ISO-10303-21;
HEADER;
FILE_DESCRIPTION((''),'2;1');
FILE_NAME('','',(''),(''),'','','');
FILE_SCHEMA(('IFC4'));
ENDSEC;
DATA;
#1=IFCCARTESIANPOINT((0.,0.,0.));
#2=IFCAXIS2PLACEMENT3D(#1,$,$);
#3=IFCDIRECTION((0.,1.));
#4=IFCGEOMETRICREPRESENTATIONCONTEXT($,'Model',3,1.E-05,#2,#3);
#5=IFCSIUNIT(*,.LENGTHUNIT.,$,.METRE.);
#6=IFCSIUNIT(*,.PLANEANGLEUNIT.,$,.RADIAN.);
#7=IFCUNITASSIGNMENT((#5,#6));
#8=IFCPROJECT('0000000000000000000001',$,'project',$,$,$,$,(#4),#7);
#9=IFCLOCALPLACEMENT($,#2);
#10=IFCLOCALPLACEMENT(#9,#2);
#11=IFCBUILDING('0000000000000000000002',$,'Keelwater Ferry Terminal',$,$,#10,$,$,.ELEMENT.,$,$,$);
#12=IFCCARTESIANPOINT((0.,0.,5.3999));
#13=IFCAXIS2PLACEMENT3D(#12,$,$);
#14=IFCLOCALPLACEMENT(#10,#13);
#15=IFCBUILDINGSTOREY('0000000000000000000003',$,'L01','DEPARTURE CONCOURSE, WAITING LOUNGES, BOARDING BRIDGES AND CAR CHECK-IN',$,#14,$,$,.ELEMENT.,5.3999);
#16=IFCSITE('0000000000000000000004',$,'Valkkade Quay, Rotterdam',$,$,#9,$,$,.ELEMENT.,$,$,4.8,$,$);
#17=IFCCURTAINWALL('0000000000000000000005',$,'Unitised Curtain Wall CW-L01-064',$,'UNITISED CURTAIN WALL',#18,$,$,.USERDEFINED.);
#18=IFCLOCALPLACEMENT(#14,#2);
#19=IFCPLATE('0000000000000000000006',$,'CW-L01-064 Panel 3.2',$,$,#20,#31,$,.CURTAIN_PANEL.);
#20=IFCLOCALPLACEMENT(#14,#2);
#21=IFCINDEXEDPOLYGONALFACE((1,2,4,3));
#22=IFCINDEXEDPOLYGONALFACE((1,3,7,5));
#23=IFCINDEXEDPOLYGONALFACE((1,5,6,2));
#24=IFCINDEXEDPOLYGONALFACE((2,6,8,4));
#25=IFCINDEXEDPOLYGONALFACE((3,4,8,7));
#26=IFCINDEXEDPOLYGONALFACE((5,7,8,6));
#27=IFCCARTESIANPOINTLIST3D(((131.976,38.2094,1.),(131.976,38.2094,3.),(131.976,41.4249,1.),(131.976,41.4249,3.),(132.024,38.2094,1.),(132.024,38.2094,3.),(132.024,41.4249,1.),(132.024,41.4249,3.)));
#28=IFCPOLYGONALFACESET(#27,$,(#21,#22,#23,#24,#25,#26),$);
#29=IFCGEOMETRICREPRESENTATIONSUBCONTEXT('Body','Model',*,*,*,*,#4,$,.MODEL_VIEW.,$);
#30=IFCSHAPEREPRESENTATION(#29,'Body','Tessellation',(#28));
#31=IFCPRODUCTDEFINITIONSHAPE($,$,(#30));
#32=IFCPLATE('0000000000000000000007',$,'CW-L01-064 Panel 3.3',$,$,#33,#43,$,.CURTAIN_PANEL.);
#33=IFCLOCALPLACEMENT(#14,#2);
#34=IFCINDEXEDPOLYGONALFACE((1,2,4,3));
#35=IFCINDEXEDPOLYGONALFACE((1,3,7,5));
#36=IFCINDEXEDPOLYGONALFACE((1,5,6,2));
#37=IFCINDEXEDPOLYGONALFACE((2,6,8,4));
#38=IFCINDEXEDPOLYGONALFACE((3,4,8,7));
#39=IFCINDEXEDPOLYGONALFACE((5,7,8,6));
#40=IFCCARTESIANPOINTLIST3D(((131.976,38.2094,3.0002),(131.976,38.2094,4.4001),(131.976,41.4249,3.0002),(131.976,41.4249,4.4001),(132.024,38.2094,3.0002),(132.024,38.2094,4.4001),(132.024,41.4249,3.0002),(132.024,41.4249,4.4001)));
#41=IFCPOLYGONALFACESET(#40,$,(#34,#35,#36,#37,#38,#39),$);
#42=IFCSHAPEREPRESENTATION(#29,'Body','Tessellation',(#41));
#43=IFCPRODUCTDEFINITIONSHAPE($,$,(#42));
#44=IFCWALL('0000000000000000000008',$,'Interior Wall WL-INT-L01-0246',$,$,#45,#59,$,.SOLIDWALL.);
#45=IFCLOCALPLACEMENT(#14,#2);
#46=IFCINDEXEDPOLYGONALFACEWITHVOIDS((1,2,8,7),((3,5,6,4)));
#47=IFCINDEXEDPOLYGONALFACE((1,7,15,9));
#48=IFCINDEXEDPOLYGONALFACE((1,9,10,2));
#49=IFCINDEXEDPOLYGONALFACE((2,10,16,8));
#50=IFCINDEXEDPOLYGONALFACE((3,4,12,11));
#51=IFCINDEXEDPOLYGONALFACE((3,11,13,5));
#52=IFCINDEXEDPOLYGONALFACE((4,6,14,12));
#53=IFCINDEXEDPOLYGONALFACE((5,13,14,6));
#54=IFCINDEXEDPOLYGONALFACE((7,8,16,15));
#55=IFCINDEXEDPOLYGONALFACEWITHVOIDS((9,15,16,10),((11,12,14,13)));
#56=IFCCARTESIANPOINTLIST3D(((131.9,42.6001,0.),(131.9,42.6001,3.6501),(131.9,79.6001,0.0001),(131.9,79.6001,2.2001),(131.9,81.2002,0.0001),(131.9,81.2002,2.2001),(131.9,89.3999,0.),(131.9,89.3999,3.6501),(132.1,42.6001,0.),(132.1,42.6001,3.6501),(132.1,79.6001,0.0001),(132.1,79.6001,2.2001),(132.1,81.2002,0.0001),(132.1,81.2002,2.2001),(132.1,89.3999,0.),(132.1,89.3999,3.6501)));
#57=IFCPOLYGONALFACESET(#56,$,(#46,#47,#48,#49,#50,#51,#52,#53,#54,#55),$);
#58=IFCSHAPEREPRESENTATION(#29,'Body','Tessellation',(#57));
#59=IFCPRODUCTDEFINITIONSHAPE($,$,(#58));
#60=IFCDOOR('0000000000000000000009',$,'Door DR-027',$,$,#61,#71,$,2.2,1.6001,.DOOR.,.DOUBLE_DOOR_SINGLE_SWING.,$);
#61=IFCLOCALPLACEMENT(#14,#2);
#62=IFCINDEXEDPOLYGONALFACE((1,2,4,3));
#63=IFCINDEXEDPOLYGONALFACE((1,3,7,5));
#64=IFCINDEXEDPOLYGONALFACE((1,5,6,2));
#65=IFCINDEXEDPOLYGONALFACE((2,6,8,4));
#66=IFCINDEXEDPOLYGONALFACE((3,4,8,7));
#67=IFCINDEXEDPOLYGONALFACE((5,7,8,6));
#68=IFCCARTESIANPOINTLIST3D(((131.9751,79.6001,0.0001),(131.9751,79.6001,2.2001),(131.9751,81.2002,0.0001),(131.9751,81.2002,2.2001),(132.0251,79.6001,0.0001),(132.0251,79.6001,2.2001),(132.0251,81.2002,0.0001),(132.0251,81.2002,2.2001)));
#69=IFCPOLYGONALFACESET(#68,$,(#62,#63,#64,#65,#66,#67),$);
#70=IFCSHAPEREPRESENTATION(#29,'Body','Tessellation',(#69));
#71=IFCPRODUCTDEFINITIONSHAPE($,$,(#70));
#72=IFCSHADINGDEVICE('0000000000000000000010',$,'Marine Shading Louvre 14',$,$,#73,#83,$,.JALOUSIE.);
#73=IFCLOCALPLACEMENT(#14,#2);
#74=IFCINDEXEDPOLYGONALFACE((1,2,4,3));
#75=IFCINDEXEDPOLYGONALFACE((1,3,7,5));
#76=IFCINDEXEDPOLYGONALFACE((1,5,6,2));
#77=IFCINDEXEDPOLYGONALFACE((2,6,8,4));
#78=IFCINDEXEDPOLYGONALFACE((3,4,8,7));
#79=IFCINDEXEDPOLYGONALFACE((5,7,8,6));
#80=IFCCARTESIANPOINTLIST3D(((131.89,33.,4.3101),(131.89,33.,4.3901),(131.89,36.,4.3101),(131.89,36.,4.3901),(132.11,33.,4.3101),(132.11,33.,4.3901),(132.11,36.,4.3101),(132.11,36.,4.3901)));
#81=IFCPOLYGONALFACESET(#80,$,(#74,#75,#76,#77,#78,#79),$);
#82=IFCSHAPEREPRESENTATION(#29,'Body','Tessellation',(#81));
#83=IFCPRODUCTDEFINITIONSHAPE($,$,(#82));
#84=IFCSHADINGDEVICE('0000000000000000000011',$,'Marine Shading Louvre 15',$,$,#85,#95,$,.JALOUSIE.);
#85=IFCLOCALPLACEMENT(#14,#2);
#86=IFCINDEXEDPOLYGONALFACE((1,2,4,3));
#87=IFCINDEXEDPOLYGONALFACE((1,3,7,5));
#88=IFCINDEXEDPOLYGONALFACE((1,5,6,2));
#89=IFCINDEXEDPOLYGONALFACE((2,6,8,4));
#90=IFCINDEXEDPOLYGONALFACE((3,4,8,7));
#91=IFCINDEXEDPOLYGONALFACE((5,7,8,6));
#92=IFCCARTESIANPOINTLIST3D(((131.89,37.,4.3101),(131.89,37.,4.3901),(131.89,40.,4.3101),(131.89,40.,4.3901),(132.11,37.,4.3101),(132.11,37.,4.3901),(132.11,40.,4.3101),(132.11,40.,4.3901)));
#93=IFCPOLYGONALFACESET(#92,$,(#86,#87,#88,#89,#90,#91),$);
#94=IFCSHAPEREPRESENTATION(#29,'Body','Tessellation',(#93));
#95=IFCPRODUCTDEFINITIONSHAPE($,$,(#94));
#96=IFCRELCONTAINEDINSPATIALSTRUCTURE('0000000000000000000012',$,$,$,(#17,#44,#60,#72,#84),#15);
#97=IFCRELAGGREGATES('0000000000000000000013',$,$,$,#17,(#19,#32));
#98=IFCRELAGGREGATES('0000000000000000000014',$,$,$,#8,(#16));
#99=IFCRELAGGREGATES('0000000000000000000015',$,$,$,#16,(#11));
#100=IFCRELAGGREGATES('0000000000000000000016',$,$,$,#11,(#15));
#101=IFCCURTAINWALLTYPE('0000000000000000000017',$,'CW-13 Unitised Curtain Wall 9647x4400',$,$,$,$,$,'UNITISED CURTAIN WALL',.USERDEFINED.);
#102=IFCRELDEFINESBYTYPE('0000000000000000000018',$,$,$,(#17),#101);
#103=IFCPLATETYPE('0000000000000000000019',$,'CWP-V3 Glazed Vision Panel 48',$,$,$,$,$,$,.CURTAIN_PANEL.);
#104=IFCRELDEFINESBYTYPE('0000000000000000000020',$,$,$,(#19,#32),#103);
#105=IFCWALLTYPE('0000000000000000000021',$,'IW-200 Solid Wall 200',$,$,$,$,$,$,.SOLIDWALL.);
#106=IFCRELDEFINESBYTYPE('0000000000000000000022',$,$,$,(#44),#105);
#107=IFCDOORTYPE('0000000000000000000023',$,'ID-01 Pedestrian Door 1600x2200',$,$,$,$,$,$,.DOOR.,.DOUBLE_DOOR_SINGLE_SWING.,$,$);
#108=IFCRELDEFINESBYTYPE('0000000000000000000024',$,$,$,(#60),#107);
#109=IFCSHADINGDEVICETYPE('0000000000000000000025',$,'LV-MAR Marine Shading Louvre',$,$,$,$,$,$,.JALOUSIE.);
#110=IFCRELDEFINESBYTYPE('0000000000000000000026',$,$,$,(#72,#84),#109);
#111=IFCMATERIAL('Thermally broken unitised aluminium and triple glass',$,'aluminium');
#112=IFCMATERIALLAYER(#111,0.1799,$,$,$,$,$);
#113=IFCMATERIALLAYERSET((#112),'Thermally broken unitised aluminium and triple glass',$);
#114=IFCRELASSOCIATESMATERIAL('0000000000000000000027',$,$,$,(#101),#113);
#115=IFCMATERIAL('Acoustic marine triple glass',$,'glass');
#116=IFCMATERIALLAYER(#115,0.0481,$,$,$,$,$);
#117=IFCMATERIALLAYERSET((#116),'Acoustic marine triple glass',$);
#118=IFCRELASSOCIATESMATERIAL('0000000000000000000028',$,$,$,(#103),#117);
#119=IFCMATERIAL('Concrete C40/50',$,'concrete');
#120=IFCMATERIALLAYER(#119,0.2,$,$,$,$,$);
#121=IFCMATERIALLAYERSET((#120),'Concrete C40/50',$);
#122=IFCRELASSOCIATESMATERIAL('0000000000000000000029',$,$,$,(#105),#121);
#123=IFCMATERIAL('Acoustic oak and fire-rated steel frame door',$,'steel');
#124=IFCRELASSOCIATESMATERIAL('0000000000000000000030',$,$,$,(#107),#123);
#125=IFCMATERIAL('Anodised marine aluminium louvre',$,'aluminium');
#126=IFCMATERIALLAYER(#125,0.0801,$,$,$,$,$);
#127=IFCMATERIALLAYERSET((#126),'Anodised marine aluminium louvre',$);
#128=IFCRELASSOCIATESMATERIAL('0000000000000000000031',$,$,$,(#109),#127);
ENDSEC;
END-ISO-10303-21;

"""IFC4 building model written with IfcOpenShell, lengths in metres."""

from ifc_helpers import new_model, si_unit, direction, frame, frame_2d, origin, origin_2d, place, context, subcontext, project, spatial, rectangle, extrude, material, layer, layer_set, type_object, element, fill, aggregate, save


model = new_model("IFC4")

# Units and contexts
model_context = context("Model", 3, precision=1e-05, world=origin(), true_north=direction((0.0, 1.0)))
body_context = subcontext(model_context, "Body", "Model", "MODEL_VIEW")
ifc_project = project(units=[si_unit("LENGTHUNIT", "METRE"), si_unit("PLANEANGLEUNIT", "RADIAN")], contexts=[model_context])

# Site, building, storey
site_placement = place(None, origin())
site = spatial("IfcSite", under=ifc_project, at=site_placement, Name="Valkkade Quay, Rotterdam", CompositionType="ELEMENT", RefElevation=4.8)
building_placement = place(site_placement, origin())
building = spatial("IfcBuilding", under=site, at=building_placement, Name="Keelwater Ferry Terminal", CompositionType="ELEMENT")
storey_placement = place(building_placement, frame((0.0, 0.0, 5.3999)))
storey = spatial("IfcBuildingStorey", under=building, at=storey_placement, Name="L01", Description="DEPARTURE CONCOURSE, WAITING LOUNGES, BOARDING BRIDGES AND CAR CHECK-IN", CompositionType="ELEMENT", Elevation=5.3999)

# Curtain wall
ifc_material_1 = material(Name="Thermally broken unitised aluminium and triple glass", Category="aluminium")
ifc_layer_1 = layer(ifc_material_1, 0.1799)
ifc_layer_set_1 = layer_set([ifc_layer_1], Name="Thermally broken unitised aluminium and triple glass")
curtain_wall_type = type_object("IfcCurtainWallType", Name="CW-13 Unitised Curtain Wall 9647x4400", ElementType="UNITISED CURTAIN WALL", PredefinedType="USERDEFINED", material=ifc_layer_set_1)
curtain_wall_placement = place(storey_placement, origin())
curtain_wall = element("IfcCurtainWall", 1, at=curtain_wall_placement, inside=storey, type_object=curtain_wall_type, Name="Unitised Curtain Wall CW-L01-064", ObjectType="UNITISED CURTAIN WALL", PredefinedType="USERDEFINED")

# Plates
ifc_material_2 = material(Name="Acoustic marine triple glass", Category="glass")
ifc_layer_2 = layer(ifc_material_2, 0.0481)
ifc_layer_set_2 = layer_set([ifc_layer_2], Name="Acoustic marine triple glass")
plate_type_1 = type_object("IfcPlateType", Name="CWP-V3 Glazed Vision Panel 48", PredefinedType="CURTAIN_PANEL", material=ifc_layer_set_2)
plate_1_placement = place(storey_placement, frame((132.0, 39.8171, 1.0), z_axis=(0.0, 0.0, 1.0), x_axis=(0.0, 1.0, 0.0)))
plate_1 = element("IfcPlate", 2, at=plate_1_placement, type_object=plate_type_1, Name="CW-L01-064 Panel 3.2", PredefinedType="CURTAIN_PANEL", context=body_context, shape_type="SweptSolid", body=[
    extrude(rectangle(XDim=3.2156, YDim=0.0481, at=origin_2d()), origin(), (0.0, 0.0, 1.0), 2.0),
])
plate_2_placement = place(storey_placement, frame((132.0, 39.8171, 3.0002), z_axis=(0.0, 0.0, 1.0), x_axis=(0.0, 1.0, 0.0)))
plate_2 = element("IfcPlate", 3, at=plate_2_placement, type_object=plate_type_1, Name="CW-L01-064 Panel 3.3", PredefinedType="CURTAIN_PANEL", context=body_context, shape_type="SweptSolid", body=[
    extrude(rectangle(XDim=3.2156, YDim=0.0481, at=origin_2d()), origin(), (0.0, 0.0, 1.0), 1.3999),
])
aggregate(curtain_wall, [plate_1, plate_2])

# Wall, opening, door
ifc_material_3 = material(Name="Concrete C40/50", Category="concrete")
ifc_layer_3 = layer(ifc_material_3, 0.2)
ifc_layer_set_3 = layer_set([ifc_layer_3], Name="Concrete C40/50")
wall_type = type_object("IfcWallType", Name="IW-200 Solid Wall 200", PredefinedType="SOLIDWALL", material=ifc_layer_set_3)
wall_placement = place(storey_placement, frame((132.0, 42.6001, 0.0), z_axis=(0.0, 0.0, 1.0), x_axis=(0.0, 1.0, 0.0)))
wall = element("IfcWall", 4, at=wall_placement, inside=storey, type_object=wall_type, Name="Interior Wall WL-INT-L01-0246", PredefinedType="SOLIDWALL", context=body_context, shape_type="SweptSolid", body=[
    extrude(rectangle(XDim=46.7998, YDim=0.2, at=frame_2d((23.3999, 0.0))), origin(), (0.0, 0.0, 1.0), 3.6501),
])
opening_placement = place(wall_placement, frame((37.0, 0.0, 0.0)))
opening = element("IfcOpeningElement", 5, at=opening_placement, cuts=wall, PredefinedType="OPENING", context=body_context, shape_type="SweptSolid", body=[
    extrude(rectangle(XDim=1.6001, YDim=2.2, at=frame_2d((0.8, 1.1001))), frame((0.0, 0.1101, 0.0), z_axis=(0.0, -1.0, 0.0), x_axis=(1.0, 0.0, 0.0)), (0.0, 0.0, 1.0), 0.22),
])
ifc_material_4 = material(Name="Acoustic oak and fire-rated steel frame door", Category="steel")
door_type = type_object("IfcDoorType", Name="ID-01 Pedestrian Door 1600x2200", OperationType="DOUBLE_DOOR_SINGLE_SWING", PredefinedType="DOOR", material=ifc_material_4)
door_placement = place(opening_placement, origin())
door = element("IfcDoor", 6, at=door_placement, inside=storey, type_object=door_type, Name="Door DR-027", OperationType="DOUBLE_DOOR_SINGLE_SWING", OverallHeight=2.2, OverallWidth=1.6001, PredefinedType="DOOR", context=body_context, shape_type="SweptSolid", body=[
    extrude(rectangle(XDim=1.6001, YDim=2.2, at=frame_2d((0.8, 1.1001))), frame((0.0, 0.0249, 0.0), z_axis=(0.0, -1.0, 0.0), x_axis=(1.0, 0.0, 0.0)), (0.0, 0.0, 1.0), 0.05),
])
fill(opening, door)

# Shading devices
ifc_material_5 = material(Name="Anodised marine aluminium louvre", Category="aluminium")
ifc_layer_4 = layer(ifc_material_5, 0.0801)
ifc_layer_set_4 = layer_set([ifc_layer_4], Name="Anodised marine aluminium louvre")
shading_device_type = type_object("IfcShadingDeviceType", Name="LV-MAR Marine Shading Louvre", PredefinedType="JALOUSIE", material=ifc_layer_set_4)
for number, where, z_axis, x_axis, name in (
    (7, (132.0, 34.5, 4.3101), (0.0, 0.0, 1.0), (1.0, 0.0, 0.0), "Marine Shading Louvre 14"),
    (8, (132.0, 38.5, 4.3101), (0.0, 0.0, 1.0), (1.0, 0.0, 0.0), "Marine Shading Louvre 15"),
):
    element("IfcShadingDevice", number, at=place(storey_placement, frame(where, z_axis=z_axis, x_axis=x_axis)), inside=storey, type_object=shading_device_type, Name=name, PredefinedType="JALOUSIE", context=body_context, shape_type="SweptSolid", body=[
        extrude(rectangle(XDim=0.22, YDim=3.0, at=origin_2d()), origin(), (0.0, 0.0, 1.0), 0.0801),
    ])

save(model, "model.ifc")
